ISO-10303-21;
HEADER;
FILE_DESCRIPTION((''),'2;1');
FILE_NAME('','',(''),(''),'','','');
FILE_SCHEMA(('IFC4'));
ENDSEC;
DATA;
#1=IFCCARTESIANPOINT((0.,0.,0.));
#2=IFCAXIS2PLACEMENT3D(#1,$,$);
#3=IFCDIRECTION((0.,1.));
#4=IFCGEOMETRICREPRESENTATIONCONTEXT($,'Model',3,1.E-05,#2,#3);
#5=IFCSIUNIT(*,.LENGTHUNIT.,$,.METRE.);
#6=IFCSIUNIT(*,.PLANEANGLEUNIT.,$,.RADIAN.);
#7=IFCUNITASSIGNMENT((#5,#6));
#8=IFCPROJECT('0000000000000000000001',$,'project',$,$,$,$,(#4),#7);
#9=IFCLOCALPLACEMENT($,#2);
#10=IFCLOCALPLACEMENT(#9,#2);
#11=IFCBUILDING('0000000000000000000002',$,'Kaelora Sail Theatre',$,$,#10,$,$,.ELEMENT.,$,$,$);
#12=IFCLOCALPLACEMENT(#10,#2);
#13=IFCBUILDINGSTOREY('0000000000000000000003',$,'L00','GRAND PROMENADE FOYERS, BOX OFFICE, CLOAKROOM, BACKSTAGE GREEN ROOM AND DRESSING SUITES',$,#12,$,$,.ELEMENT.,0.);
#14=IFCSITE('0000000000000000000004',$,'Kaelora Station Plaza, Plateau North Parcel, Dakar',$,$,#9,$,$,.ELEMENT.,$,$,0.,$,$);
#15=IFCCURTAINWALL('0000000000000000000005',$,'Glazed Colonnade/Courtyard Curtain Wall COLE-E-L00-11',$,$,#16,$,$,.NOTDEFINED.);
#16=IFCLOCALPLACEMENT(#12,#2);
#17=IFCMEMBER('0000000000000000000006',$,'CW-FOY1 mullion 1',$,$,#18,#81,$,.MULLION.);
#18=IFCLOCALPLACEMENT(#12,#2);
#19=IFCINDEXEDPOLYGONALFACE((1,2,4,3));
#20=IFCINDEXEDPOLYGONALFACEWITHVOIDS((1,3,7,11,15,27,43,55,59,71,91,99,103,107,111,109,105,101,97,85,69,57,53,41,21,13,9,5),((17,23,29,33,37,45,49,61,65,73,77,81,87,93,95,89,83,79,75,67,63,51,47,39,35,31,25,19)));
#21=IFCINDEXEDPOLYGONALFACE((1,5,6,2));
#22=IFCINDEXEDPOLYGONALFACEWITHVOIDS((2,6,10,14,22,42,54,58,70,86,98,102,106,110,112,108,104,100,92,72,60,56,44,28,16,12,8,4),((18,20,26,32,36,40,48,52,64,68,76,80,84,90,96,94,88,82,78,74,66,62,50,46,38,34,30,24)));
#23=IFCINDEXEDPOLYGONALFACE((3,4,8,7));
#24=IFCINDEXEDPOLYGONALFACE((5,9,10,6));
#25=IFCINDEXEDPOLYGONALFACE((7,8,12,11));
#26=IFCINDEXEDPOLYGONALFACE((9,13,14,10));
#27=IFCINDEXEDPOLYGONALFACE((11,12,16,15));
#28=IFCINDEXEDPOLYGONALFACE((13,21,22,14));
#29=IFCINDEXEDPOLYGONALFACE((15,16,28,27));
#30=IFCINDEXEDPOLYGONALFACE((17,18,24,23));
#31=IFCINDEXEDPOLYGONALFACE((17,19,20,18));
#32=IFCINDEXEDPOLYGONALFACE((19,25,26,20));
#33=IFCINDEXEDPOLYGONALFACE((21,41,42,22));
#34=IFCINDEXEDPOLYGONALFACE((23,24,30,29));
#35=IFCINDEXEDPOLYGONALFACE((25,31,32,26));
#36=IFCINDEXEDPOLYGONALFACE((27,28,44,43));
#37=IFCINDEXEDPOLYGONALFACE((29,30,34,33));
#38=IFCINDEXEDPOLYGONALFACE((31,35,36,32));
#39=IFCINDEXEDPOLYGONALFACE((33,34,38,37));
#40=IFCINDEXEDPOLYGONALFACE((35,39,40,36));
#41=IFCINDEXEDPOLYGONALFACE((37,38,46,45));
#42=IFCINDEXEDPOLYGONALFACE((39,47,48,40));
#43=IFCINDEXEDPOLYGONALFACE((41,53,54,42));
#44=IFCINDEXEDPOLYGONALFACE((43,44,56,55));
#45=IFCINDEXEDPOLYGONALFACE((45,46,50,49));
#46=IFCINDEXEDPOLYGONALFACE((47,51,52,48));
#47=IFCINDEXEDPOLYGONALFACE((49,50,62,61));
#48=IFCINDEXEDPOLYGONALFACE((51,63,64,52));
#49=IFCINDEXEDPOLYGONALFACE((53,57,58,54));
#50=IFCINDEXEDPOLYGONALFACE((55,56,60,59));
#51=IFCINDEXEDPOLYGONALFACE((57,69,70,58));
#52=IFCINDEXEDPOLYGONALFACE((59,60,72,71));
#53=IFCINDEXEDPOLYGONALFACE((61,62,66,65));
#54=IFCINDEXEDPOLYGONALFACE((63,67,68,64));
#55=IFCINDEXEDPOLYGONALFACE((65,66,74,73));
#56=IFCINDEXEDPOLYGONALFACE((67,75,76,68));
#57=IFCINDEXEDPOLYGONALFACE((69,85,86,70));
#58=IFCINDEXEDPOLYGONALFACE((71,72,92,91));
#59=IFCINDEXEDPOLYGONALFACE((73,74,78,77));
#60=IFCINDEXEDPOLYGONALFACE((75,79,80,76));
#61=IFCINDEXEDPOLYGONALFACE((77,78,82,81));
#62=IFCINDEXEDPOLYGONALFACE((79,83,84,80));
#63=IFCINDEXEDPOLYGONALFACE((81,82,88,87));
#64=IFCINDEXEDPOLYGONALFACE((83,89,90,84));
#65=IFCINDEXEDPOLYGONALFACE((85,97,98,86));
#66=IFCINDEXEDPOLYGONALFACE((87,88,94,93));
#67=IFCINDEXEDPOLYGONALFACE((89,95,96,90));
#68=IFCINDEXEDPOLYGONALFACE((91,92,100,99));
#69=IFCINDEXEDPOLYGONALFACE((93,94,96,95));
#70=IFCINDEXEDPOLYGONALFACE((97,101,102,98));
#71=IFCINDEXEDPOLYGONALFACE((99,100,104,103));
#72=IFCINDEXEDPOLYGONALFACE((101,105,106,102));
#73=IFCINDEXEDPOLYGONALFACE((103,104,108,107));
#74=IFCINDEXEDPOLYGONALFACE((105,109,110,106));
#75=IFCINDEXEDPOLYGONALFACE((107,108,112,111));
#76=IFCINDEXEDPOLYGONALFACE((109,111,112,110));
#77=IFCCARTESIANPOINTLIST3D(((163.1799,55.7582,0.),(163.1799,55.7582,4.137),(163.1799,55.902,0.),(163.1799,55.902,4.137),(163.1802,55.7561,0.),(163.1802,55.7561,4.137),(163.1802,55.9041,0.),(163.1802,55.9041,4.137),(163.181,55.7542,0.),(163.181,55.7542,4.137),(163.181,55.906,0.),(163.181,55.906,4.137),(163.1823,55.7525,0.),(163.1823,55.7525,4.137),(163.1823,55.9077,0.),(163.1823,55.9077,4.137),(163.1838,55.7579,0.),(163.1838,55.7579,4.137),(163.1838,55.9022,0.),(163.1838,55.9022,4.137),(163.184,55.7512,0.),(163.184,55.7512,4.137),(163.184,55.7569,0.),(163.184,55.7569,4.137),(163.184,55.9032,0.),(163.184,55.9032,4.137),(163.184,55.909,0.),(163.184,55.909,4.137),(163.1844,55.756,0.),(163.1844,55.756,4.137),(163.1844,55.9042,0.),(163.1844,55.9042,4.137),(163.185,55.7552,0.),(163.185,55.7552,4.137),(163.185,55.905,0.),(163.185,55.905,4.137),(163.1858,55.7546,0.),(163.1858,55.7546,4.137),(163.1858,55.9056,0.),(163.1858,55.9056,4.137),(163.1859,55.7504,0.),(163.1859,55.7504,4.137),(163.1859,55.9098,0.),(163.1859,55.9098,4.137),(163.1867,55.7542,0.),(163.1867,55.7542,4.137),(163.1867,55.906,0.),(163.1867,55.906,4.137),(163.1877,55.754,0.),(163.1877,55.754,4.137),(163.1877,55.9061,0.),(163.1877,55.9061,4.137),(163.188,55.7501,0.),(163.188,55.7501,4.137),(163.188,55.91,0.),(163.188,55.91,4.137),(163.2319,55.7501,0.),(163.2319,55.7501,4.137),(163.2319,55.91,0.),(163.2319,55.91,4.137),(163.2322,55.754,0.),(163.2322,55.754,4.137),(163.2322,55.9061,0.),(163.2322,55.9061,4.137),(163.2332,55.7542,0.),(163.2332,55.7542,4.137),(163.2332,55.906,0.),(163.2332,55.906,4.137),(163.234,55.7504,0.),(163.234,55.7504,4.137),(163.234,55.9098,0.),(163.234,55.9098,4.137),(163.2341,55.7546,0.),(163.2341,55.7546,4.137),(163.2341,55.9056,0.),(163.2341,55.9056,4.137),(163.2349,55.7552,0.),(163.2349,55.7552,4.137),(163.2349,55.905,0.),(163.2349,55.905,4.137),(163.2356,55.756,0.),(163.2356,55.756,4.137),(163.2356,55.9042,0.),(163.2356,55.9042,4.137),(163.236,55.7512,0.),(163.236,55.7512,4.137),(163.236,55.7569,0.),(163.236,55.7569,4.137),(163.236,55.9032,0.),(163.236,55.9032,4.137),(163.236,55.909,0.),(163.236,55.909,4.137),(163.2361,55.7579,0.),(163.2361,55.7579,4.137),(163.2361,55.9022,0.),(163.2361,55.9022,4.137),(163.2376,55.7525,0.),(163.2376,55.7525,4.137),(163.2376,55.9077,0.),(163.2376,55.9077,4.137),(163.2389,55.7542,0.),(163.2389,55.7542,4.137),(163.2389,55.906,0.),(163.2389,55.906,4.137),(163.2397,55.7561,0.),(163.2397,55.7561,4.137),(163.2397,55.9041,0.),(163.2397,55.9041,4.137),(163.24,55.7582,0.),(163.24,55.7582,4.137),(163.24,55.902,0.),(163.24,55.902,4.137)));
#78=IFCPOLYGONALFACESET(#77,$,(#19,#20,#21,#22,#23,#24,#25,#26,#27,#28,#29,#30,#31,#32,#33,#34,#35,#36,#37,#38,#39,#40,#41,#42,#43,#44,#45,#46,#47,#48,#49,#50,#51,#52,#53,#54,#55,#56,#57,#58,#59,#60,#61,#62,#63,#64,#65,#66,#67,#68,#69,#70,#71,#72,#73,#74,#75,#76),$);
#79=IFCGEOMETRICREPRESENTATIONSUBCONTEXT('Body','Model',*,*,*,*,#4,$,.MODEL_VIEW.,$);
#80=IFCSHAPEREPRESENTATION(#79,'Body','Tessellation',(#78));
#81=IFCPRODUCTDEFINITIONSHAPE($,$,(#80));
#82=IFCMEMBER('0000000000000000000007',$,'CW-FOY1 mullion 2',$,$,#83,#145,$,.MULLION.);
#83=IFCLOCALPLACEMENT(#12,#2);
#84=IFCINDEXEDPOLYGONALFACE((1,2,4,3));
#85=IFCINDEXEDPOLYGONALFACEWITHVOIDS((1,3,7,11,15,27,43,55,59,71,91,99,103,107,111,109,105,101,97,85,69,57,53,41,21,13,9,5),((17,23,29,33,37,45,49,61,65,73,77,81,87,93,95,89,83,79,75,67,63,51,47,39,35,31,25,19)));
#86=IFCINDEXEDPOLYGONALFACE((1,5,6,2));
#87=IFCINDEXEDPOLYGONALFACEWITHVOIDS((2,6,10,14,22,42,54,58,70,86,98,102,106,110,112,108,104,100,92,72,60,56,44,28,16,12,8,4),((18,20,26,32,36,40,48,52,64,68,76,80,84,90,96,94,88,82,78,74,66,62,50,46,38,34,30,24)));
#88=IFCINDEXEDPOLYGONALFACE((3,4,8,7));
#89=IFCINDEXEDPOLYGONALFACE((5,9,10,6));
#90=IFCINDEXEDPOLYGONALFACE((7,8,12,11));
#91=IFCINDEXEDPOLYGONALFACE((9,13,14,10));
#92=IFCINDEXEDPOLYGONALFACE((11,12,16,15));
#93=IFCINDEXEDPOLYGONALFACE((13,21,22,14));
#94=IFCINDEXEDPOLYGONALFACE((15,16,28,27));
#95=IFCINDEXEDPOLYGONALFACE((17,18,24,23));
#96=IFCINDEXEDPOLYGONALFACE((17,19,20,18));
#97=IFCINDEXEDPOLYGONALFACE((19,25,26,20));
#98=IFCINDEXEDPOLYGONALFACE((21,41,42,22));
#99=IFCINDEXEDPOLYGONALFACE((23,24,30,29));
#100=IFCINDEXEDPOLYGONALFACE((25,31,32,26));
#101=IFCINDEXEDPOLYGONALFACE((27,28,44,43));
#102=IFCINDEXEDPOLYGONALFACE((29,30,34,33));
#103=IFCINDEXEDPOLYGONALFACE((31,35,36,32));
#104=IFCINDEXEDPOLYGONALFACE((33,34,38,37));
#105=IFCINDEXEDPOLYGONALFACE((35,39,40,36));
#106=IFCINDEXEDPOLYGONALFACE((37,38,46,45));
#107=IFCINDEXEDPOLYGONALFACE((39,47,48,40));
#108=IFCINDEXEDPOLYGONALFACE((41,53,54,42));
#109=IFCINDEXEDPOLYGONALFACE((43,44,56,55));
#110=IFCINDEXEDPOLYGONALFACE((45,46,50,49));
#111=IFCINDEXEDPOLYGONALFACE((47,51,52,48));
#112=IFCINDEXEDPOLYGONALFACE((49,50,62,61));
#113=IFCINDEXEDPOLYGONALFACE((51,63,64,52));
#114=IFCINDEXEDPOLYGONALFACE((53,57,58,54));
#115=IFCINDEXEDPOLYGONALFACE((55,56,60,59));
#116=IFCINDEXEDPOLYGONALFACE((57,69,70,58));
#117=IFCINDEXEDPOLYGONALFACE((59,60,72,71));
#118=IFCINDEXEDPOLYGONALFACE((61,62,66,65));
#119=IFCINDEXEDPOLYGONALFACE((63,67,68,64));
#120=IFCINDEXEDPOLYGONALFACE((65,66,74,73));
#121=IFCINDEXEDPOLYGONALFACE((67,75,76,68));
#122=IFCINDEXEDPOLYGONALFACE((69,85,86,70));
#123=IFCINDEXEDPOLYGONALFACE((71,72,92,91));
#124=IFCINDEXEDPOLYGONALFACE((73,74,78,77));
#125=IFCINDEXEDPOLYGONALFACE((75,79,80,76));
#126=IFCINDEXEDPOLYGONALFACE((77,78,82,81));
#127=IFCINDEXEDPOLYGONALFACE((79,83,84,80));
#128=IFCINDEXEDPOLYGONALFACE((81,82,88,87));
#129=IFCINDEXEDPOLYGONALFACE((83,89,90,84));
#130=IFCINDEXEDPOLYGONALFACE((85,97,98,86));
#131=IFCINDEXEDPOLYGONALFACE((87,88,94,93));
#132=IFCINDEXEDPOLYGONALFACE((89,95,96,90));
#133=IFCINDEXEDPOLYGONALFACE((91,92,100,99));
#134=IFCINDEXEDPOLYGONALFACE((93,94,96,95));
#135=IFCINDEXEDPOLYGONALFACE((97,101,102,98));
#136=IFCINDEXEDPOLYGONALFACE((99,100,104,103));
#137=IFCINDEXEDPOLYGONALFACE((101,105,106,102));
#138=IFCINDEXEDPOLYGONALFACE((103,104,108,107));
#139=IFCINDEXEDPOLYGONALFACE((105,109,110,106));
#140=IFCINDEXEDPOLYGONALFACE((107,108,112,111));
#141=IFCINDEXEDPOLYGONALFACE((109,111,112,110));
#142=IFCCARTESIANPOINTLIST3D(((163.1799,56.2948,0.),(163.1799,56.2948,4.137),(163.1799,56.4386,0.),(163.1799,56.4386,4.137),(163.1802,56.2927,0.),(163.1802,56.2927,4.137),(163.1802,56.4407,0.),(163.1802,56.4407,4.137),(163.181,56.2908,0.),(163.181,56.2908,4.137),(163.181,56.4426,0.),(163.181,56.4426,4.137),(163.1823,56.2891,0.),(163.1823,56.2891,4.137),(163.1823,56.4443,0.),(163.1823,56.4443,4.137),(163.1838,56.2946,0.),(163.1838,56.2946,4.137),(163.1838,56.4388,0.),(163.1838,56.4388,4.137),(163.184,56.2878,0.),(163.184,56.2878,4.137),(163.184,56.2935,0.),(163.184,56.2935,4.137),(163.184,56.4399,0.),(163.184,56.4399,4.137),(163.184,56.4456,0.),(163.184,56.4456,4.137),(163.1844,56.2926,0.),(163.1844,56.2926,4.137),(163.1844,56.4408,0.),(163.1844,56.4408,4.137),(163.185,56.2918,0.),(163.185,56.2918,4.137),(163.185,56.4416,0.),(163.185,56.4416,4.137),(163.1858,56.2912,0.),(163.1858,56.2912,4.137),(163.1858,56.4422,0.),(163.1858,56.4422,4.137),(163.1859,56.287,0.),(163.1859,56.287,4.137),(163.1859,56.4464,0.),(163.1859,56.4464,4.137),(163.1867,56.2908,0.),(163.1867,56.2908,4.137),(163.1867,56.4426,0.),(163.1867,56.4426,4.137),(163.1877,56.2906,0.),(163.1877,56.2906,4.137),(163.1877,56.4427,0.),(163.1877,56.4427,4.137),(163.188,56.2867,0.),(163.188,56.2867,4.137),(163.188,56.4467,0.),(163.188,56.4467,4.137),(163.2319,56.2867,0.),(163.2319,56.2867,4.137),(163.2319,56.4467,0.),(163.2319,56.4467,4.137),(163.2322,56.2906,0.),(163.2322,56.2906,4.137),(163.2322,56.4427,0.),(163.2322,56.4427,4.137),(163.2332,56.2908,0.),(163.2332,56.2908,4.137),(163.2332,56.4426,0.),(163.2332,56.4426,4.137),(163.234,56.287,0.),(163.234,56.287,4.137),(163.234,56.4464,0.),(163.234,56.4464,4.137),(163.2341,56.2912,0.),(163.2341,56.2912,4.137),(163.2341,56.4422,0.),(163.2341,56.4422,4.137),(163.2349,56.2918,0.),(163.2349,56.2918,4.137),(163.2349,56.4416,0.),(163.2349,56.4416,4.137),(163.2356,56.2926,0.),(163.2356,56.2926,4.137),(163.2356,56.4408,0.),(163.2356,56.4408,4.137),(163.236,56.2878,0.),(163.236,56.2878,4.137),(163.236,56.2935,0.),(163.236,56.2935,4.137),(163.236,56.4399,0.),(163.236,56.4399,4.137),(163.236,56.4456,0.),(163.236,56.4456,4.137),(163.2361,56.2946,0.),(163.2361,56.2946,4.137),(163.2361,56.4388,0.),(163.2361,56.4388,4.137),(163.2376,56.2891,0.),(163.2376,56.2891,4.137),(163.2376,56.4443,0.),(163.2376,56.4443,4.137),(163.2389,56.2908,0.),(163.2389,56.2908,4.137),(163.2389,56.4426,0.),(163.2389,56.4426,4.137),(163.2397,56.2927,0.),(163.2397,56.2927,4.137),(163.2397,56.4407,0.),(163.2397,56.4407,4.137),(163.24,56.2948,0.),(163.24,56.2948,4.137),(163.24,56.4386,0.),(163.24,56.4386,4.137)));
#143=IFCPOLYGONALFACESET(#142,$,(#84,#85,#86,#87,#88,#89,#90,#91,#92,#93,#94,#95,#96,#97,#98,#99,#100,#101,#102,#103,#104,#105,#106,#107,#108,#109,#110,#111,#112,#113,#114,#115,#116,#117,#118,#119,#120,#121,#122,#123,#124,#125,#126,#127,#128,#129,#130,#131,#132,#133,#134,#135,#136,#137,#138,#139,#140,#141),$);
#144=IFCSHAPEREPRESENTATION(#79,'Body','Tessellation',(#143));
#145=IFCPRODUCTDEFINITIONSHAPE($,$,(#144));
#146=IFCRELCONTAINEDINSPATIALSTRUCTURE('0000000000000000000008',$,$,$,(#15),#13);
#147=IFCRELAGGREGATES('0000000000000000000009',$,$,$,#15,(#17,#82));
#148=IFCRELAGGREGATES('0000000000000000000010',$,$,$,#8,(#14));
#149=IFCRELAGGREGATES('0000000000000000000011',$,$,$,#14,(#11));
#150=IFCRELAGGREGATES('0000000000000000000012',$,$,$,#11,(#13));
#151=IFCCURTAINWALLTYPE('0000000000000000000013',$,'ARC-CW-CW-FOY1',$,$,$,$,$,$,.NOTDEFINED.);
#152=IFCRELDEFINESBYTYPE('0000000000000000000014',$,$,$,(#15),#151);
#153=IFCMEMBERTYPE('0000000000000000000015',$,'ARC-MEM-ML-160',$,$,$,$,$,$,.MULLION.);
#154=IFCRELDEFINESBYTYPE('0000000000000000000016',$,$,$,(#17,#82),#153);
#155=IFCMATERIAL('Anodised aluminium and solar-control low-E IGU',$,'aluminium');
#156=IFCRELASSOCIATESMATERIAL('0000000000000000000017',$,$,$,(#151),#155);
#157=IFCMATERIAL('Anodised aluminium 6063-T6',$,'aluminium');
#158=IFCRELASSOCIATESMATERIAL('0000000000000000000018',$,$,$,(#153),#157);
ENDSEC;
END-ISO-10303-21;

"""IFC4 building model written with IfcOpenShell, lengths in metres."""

from ifc_helpers import new_model, si_unit, direction, frame, origin, origin_2d, place, context, subcontext, project, spatial, hollow_rectangle, extrude, material, material_profile, profile_set, type_object, element, aggregate, save


model = new_model("IFC4")

# Units and contexts
model_context = context("Model", 3, precision=1e-05, world=origin(), true_north=direction((0.0, 1.0)))
body_context = subcontext(model_context, "Body", "Model", "MODEL_VIEW")
ifc_project = project(units=[si_unit("LENGTHUNIT", "METRE"), si_unit("PLANEANGLEUNIT", "RADIAN")], contexts=[model_context])

# Site, building, storey
site_placement = place(None, origin())
site = spatial("IfcSite", under=ifc_project, at=site_placement, Name="Kaelora Station Plaza, Plateau North Parcel, Dakar", CompositionType="ELEMENT", RefElevation=0.0)
building_placement = place(site_placement, origin())
building = spatial("IfcBuilding", under=site, at=building_placement, Name="Kaelora Sail Theatre", CompositionType="ELEMENT")
storey_placement = place(building_placement, origin())
storey = spatial("IfcBuildingStorey", under=building, at=storey_placement, Name="L00", Description="GRAND PROMENADE FOYERS, BOX OFFICE, CLOAKROOM, BACKSTAGE GREEN ROOM AND DRESSING SUITES", CompositionType="ELEMENT", Elevation=0.0)

# Curtain wall, members
ifc_material_1 = material(Name="Anodised aluminium and solar-control low-E IGU", Category="aluminium")
curtain_wall_type = type_object("IfcCurtainWallType", Name="ARC-CW-CW-FOY1", PredefinedType="NOTDEFINED", material=ifc_material_1)
ifc_material_2 = material(Name="Anodised aluminium 6063-T6", Category="aluminium")
ifc_material_profile_1 = material_profile(ifc_material_2, hollow_rectangle(XDim=0.0601, YDim=0.1599, WallThickness=0.0039, InnerFilletRadius=0.0039, OuterFilletRadius=0.0081, at=origin_2d()), Name="ALU-MULL 60x160x4")
ifc_profile_set_1 = profile_set([ifc_material_profile_1], Name="Anodised aluminium 6063-T6")
member_type_1 = type_object("IfcMemberType", Name="ARC-MEM-ML-160", PredefinedType="MULLION", material=ifc_profile_set_1)
curtain_wall_1_placement = place(storey_placement, origin())
curtain_wall_1 = element("IfcCurtainWall", 1, at=curtain_wall_1_placement, inside=storey, type_object=curtain_wall_type, Name="Glazed Colonnade/Courtyard Curtain Wall COLE-E-L00-11", PredefinedType="NOTDEFINED")
member_1_placement = place(storey_placement, frame((163.21, 55.8301, 0.0), z_axis=(0.0, 0.0, 1.0), x_axis=(-1.0, 0.0, 0.0)))
member_1 = element("IfcMember", 2, at=member_1_placement, type_object=member_type_1, Name="CW-FOY1 mullion 1", PredefinedType="MULLION", context=body_context, shape_type="SweptSolid", body=[
    extrude(hollow_rectangle(XDim=0.0601, YDim=0.1599, WallThickness=0.0039, InnerFilletRadius=0.0039, OuterFilletRadius=0.0081, at=origin_2d()), origin(), (0.0, 0.0, 1.0), 4.137),
])
member_2_placement = place(storey_placement, frame((163.21, 56.3667, 0.0), z_axis=(0.0, 0.0, 1.0), x_axis=(-1.0, 0.0, 0.0)))
member_2 = element("IfcMember", 3, at=member_2_placement, type_object=member_type_1, Name="CW-FOY1 mullion 2", PredefinedType="MULLION", context=body_context, shape_type="SweptSolid", body=[
    extrude(hollow_rectangle(XDim=0.0601, YDim=0.1599, WallThickness=0.0039, InnerFilletRadius=0.0039, OuterFilletRadius=0.0081, at=origin_2d()), origin(), (0.0, 0.0, 1.0), 4.137),
])

aggregate(curtain_wall_1, [member_1, member_2])

save(model, "model.ifc")
